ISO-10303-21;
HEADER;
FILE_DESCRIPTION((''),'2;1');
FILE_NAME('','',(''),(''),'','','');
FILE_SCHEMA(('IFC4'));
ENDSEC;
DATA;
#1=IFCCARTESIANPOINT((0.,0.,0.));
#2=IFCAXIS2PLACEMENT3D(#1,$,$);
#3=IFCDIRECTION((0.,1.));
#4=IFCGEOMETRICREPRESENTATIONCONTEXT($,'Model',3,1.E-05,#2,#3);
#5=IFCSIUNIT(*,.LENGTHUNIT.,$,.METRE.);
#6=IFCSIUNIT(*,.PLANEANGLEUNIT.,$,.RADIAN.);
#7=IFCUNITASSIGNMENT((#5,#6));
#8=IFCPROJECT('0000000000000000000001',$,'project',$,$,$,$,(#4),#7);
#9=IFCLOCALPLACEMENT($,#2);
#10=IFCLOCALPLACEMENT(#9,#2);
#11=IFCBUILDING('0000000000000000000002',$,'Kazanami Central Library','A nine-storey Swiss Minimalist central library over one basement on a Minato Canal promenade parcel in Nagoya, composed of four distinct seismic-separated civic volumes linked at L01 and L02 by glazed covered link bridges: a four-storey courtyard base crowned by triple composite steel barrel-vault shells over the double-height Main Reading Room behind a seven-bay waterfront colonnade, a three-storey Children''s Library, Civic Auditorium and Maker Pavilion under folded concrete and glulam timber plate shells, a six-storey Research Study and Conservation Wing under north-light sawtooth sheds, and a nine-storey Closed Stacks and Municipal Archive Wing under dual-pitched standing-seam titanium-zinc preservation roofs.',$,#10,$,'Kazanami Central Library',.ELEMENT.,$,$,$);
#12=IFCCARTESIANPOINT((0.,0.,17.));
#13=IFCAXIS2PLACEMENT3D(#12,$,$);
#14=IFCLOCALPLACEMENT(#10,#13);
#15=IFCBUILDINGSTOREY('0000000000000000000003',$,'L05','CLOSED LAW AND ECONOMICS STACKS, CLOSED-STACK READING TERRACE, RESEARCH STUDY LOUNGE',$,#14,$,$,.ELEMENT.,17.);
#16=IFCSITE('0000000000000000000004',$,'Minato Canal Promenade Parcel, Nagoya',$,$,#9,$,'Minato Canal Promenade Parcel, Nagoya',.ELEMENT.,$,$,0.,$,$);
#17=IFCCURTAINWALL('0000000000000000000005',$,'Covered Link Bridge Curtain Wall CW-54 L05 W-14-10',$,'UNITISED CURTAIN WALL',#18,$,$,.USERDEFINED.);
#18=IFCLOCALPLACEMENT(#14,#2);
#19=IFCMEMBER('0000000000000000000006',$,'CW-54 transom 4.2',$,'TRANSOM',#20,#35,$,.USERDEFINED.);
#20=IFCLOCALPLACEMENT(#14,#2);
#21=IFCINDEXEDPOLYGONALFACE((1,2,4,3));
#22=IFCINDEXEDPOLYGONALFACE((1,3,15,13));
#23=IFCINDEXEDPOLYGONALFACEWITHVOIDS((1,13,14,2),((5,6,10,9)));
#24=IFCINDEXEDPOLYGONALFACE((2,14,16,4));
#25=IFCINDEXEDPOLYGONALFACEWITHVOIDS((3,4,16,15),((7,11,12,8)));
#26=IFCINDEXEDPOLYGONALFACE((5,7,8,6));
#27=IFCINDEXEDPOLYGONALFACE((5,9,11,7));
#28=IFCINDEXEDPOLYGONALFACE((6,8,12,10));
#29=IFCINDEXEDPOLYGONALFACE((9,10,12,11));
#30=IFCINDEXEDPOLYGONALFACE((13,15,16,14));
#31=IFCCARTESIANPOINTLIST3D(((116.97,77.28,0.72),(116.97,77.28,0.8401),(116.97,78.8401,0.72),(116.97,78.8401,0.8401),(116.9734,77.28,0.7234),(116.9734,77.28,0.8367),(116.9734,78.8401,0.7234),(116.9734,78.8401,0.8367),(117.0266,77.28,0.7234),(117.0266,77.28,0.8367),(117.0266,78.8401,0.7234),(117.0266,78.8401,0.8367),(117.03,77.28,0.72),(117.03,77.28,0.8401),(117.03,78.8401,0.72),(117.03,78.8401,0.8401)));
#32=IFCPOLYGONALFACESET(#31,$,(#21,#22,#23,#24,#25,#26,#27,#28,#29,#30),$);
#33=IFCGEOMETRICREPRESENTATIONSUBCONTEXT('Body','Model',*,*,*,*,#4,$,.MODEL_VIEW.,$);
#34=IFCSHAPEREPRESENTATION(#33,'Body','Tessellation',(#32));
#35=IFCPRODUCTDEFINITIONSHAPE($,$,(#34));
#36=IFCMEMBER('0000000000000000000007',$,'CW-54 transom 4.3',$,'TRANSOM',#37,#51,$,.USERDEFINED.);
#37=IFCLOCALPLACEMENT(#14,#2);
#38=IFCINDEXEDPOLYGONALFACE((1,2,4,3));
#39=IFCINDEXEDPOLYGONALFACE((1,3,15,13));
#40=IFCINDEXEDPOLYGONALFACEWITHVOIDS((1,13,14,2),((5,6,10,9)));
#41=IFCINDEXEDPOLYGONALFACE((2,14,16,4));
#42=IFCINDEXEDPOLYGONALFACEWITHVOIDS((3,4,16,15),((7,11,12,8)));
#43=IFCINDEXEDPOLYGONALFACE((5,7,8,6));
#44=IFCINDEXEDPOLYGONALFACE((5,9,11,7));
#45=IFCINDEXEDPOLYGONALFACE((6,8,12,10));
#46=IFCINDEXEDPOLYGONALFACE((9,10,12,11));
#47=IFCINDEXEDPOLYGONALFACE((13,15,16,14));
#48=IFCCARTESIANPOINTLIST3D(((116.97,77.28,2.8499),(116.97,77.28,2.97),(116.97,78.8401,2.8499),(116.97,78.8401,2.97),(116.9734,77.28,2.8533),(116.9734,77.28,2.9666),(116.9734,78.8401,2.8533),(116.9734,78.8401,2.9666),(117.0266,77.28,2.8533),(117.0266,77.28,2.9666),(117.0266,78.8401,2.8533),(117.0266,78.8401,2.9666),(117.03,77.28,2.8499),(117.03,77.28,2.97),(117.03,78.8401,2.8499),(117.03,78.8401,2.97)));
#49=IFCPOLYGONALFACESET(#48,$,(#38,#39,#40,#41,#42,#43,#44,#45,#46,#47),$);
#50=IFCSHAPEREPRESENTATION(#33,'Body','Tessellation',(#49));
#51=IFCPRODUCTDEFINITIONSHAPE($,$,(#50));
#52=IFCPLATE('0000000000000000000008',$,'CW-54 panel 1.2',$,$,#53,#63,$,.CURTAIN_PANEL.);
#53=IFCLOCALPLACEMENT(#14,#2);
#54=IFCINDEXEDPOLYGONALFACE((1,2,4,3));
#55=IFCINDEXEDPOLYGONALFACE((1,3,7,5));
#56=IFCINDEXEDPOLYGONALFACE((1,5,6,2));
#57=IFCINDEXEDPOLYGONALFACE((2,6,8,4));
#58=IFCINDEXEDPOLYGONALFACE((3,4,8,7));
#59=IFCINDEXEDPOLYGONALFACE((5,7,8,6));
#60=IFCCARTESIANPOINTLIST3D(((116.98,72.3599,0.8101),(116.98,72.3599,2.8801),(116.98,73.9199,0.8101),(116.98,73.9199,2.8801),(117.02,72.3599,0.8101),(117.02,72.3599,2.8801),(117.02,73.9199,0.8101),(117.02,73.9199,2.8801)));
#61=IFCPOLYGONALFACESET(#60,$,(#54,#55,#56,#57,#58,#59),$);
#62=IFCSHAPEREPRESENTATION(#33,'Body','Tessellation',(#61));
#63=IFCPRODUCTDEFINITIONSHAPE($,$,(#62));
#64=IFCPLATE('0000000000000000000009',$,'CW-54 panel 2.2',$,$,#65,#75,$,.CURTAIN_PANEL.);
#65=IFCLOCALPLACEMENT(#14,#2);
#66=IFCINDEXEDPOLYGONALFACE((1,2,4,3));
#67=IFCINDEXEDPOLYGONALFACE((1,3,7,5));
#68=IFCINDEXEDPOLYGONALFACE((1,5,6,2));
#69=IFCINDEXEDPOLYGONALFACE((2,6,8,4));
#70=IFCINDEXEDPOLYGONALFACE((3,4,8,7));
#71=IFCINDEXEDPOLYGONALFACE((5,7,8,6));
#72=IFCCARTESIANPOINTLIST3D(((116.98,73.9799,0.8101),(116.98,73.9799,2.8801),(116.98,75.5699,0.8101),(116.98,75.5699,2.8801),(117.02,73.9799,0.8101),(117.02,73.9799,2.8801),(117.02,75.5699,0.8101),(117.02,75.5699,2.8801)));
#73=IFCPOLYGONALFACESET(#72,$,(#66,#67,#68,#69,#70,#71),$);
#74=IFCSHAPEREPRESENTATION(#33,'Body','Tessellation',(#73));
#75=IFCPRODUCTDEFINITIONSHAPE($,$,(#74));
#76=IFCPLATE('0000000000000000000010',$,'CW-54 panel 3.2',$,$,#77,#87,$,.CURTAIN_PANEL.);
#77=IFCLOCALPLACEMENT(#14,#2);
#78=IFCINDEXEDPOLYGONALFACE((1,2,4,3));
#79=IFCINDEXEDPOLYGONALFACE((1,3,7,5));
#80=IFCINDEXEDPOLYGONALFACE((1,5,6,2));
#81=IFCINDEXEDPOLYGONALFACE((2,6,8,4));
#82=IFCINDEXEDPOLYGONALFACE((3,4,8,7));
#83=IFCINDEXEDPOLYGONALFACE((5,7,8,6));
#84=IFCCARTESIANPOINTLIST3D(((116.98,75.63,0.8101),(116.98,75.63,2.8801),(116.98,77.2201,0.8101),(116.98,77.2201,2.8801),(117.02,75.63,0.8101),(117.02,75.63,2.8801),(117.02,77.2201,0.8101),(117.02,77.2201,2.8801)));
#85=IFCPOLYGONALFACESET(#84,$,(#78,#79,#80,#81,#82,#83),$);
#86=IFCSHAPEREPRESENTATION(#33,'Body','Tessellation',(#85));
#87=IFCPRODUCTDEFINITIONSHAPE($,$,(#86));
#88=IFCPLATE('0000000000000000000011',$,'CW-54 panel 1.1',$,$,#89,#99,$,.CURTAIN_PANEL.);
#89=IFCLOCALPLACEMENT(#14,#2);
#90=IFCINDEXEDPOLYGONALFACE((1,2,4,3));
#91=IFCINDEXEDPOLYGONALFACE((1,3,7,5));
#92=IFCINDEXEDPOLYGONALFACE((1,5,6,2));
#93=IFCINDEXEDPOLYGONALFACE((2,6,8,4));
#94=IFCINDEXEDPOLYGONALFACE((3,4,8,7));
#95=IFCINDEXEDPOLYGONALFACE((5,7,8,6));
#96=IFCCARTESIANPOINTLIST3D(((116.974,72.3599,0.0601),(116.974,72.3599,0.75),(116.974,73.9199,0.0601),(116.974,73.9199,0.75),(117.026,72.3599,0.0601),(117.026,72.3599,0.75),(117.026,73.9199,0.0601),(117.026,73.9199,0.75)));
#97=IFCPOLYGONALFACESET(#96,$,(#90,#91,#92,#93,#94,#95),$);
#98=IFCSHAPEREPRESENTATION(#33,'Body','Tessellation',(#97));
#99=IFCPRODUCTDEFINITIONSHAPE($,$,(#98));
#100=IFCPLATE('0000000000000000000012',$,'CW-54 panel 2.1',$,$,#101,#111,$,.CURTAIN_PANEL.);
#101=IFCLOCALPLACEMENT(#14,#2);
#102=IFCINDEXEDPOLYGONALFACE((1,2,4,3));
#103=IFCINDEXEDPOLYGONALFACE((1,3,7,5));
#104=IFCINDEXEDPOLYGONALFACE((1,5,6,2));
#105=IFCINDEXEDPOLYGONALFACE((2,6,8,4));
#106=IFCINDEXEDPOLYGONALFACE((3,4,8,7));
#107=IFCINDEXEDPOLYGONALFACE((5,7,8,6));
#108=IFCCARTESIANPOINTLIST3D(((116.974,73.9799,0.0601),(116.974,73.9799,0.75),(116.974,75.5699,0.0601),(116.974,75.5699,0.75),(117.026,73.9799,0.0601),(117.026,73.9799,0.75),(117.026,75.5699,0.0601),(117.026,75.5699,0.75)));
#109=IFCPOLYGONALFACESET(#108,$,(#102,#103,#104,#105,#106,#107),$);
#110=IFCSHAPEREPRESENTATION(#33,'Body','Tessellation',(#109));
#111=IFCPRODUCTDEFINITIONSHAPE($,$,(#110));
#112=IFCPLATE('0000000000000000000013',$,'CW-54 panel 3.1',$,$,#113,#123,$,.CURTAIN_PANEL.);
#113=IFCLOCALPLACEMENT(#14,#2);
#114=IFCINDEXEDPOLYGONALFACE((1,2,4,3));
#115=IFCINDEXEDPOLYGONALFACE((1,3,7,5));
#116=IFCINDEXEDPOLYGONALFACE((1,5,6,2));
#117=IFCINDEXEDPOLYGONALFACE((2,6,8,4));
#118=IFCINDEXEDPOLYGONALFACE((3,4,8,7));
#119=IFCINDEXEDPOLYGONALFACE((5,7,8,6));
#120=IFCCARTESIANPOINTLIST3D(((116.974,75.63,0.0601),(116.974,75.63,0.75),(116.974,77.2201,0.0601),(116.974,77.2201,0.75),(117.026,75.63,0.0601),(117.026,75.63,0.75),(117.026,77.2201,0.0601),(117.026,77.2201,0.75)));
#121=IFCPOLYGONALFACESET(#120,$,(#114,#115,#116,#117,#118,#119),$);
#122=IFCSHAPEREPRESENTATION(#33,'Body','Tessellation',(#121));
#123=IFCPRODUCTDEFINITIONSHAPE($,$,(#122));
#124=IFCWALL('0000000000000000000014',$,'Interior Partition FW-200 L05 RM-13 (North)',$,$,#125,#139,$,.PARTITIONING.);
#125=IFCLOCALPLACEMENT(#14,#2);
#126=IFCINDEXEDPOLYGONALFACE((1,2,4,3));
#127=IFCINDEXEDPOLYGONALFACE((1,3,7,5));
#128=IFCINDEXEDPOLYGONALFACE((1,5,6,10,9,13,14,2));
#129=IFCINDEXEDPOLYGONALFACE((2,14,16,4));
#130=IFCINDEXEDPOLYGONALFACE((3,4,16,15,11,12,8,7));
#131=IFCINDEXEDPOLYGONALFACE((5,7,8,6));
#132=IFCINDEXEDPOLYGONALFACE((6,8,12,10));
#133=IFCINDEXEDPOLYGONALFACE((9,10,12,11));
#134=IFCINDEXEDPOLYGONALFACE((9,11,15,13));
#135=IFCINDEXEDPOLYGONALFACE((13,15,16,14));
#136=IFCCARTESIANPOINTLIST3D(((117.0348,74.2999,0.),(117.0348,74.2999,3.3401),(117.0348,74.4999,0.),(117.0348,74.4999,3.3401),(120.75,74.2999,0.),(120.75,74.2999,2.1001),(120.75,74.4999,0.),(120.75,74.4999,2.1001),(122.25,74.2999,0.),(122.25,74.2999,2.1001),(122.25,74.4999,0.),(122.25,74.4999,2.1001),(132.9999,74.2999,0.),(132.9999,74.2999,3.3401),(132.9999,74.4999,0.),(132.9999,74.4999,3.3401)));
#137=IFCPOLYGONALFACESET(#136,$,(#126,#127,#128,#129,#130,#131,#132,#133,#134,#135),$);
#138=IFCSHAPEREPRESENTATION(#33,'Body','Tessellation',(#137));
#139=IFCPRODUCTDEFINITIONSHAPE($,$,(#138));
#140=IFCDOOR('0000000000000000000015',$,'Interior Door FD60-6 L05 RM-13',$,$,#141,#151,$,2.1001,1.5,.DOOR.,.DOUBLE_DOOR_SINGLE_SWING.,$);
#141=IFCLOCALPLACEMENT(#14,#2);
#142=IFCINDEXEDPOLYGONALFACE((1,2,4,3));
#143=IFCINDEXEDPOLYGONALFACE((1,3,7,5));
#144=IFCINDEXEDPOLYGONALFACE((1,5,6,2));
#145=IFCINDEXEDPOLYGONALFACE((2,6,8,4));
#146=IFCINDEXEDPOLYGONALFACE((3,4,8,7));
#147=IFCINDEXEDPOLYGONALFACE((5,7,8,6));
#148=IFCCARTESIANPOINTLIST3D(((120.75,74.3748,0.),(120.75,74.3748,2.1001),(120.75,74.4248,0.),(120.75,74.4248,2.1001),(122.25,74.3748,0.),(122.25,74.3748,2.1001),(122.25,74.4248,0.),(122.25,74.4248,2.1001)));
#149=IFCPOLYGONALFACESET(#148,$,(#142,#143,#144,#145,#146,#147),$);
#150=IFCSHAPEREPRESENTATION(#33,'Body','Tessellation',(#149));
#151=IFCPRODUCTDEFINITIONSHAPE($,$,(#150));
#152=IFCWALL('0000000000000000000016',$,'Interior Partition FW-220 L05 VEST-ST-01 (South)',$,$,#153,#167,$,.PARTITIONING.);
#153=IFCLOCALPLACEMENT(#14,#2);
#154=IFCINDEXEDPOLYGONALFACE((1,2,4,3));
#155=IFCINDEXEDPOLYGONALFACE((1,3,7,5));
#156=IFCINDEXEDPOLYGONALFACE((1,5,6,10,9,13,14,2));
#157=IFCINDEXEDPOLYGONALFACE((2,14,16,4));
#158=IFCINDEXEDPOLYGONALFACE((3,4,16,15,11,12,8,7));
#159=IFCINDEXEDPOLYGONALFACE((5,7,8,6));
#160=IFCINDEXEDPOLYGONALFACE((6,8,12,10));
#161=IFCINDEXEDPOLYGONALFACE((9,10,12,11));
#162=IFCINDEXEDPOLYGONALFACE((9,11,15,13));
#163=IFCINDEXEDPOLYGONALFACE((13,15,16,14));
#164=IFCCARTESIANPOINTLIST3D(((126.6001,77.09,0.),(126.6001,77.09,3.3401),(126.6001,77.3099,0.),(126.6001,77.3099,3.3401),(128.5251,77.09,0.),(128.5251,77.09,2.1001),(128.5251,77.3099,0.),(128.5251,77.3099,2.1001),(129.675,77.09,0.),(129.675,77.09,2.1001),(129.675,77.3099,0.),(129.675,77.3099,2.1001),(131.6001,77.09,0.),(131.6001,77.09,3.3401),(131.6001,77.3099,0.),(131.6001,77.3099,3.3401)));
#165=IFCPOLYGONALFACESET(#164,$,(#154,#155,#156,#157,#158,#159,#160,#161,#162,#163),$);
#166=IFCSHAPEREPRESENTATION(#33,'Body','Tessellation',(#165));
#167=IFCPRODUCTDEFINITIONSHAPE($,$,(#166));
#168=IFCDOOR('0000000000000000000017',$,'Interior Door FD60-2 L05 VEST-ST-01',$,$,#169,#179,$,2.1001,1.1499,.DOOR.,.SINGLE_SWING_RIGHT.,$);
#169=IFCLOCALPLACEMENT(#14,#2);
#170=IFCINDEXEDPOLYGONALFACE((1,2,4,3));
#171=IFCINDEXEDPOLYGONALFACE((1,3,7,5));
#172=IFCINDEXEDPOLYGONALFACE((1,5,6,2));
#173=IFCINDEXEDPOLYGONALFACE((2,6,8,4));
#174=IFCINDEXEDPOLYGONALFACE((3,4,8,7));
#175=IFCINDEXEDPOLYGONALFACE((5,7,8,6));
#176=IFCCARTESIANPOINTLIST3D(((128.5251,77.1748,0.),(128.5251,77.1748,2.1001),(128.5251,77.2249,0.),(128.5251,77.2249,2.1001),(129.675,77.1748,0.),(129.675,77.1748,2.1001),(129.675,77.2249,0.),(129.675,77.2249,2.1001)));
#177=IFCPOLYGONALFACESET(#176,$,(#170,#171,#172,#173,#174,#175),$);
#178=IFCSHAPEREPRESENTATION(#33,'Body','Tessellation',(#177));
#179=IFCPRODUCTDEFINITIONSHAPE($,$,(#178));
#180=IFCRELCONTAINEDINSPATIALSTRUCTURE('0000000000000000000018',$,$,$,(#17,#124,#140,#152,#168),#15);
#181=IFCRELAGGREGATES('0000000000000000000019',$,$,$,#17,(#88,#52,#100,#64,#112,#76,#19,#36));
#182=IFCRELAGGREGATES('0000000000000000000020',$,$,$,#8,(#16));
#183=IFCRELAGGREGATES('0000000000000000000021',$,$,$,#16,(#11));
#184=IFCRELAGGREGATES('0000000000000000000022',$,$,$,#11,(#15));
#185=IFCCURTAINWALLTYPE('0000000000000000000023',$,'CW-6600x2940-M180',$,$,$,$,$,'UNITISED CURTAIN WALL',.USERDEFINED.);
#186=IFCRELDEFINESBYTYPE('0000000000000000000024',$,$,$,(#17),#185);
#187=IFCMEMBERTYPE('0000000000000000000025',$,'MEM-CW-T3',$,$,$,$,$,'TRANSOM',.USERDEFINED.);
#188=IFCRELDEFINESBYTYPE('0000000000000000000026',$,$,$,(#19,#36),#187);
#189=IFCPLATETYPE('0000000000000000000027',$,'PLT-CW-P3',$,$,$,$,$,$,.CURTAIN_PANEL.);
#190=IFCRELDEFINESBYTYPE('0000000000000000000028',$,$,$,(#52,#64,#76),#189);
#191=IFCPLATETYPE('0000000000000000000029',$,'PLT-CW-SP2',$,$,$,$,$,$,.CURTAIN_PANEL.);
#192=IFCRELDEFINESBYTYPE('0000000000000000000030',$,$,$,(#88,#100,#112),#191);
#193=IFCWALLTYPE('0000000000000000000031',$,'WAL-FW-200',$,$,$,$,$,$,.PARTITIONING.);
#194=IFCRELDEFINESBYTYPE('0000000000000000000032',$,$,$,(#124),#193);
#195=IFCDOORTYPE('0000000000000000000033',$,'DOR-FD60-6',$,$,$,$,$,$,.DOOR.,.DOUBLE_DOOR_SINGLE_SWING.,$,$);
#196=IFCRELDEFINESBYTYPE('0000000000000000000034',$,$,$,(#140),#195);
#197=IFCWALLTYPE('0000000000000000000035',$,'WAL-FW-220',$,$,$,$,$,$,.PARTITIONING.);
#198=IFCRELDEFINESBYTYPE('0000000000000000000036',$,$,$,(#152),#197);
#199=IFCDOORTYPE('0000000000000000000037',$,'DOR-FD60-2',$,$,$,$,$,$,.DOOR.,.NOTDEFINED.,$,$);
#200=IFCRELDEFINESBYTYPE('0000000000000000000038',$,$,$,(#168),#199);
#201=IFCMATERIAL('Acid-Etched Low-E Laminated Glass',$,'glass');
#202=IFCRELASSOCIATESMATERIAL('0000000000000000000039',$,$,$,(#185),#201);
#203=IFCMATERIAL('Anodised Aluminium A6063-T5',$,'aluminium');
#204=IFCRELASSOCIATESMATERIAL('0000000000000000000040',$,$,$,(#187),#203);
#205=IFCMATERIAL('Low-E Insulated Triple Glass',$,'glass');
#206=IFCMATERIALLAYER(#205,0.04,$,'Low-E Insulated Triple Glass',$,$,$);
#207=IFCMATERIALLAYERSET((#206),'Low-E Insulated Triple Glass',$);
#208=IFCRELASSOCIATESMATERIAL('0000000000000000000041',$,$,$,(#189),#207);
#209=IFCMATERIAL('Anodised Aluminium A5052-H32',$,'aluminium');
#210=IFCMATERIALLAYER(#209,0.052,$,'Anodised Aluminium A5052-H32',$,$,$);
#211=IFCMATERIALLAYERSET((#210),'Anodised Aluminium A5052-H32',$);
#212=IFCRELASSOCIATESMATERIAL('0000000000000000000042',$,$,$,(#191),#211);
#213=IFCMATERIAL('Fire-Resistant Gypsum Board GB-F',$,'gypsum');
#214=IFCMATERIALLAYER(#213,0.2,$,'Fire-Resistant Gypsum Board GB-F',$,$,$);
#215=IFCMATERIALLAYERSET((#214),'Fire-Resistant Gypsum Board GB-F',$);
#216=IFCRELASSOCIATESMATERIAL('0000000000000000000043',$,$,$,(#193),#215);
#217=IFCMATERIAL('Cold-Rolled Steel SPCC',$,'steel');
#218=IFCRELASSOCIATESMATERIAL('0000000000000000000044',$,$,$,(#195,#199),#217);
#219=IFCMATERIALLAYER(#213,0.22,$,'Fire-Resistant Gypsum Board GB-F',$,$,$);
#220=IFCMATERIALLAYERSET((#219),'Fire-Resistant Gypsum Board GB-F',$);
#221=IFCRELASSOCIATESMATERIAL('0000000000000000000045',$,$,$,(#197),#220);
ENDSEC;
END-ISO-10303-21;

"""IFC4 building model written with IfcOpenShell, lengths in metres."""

from ifc_helpers import new_model, si_unit, direction, frame, frame_2d, origin, origin_2d, place, context, subcontext, project, spatial, rectangle, hollow_rectangle, extrude, material, layer, layer_set, material_profile, profile_set, type_object, element, fill, aggregate, save


model = new_model("IFC4")

# Units and contexts
model_context = context("Model", 3, precision=1e-05, world=origin(), true_north=direction((0.0, 1.0)))
body_context = subcontext(model_context, "Body", "Model", "MODEL_VIEW")
ifc_project = project(units=[si_unit("LENGTHUNIT", "METRE"), si_unit("PLANEANGLEUNIT", "RADIAN")], contexts=[model_context])

# Site, building, storey
site_placement = place(None, origin())
site = spatial("IfcSite", under=ifc_project, at=site_placement, Name="Minato Canal Promenade Parcel, Nagoya", LongName="Minato Canal Promenade Parcel, Nagoya", CompositionType="ELEMENT", RefElevation=0.0)
building_placement = place(site_placement, origin())
building = spatial("IfcBuilding", under=site, at=building_placement, Name="Kazanami Central Library", Description="A nine-storey Swiss Minimalist central library over one basement on a Minato Canal promenade parcel in Nagoya, composed of four distinct seismic-separated civic volumes linked at L01 and L02 by glazed covered link bridges: a four-storey courtyard base crowned by triple composite steel barrel-vault shells over the double-height Main Reading Room behind a seven-bay waterfront colonnade, a three-storey Children's Library, Civic Auditorium and Maker Pavilion under folded concrete and glulam timber plate shells, a six-storey Research Study and Conservation Wing under north-light sawtooth sheds, and a nine-storey Closed Stacks and Municipal Archive Wing under dual-pitched standing-seam titanium-zinc preservation roofs.", LongName="Kazanami Central Library", CompositionType="ELEMENT")
storey_placement = place(building_placement, frame((0.0, 0.0, 17.0)))
storey = spatial("IfcBuildingStorey", under=building, at=storey_placement, Name="L05", Description="CLOSED LAW AND ECONOMICS STACKS, CLOSED-STACK READING TERRACE, RESEARCH STUDY LOUNGE", CompositionType="ELEMENT", Elevation=17.0)

# Curtain wall, members, plates
ifc_material_1 = material(Name="Acid-Etched Low-E Laminated Glass", Category="glass")
curtain_wall_type = type_object("IfcCurtainWallType", Name="CW-6600x2940-M180", ElementType="UNITISED CURTAIN WALL", PredefinedType="USERDEFINED", material=ifc_material_1)
curtain_wall_placement = place(storey_placement, origin())
curtain_wall = element("IfcCurtainWall", 1, at=curtain_wall_placement, inside=storey, type_object=curtain_wall_type, Name="Covered Link Bridge Curtain Wall CW-54 L05 W-14-10", ObjectType="UNITISED CURTAIN WALL", PredefinedType="USERDEFINED")
ifc_material_2 = material(Name="Anodised Aluminium A6063-T5", Category="aluminium")
ifc_material_profile_1 = material_profile(ifc_material_2, hollow_rectangle(XDim=0.0601, YDim=0.1201, WallThickness=0.0034, at=origin_2d()), Name="ALU-TRAN-60x120x3.5")
ifc_profile_set_1 = profile_set([ifc_material_profile_1], Name="Anodised Aluminium A6063-T5")
member_type_1 = type_object("IfcMemberType", Name="MEM-CW-T3", ElementType="TRANSOM", PredefinedType="USERDEFINED", material=ifc_profile_set_1)
member_1_placement = place(storey_placement, frame((117.0, 77.28, 0.78), z_axis=(0.0, 1.0, 0.0), x_axis=(-1.0, 0.0, 0.0)))
member_1 = element("IfcMember", 2, at=member_1_placement, type_object=member_type_1, Name="CW-54 transom 4.2", ObjectType="TRANSOM", PredefinedType="USERDEFINED", context=body_context, shape_type="SweptSolid", body=[
    extrude(hollow_rectangle(XDim=0.0601, YDim=0.1201, WallThickness=0.0034, at=origin_2d()), origin(), (0.0, 0.0, 1.0), 1.5601),
])
member_2_placement = place(storey_placement, frame((117.0, 77.28, 2.9099), z_axis=(0.0, 1.0, 0.0), x_axis=(-1.0, 0.0, 0.0)))
member_2 = element("IfcMember", 3, at=member_2_placement, type_object=member_type_1, Name="CW-54 transom 4.3", ObjectType="TRANSOM", PredefinedType="USERDEFINED", context=body_context, shape_type="SweptSolid", body=[
    extrude(hollow_rectangle(XDim=0.0601, YDim=0.1201, WallThickness=0.0034, at=origin_2d()), origin(), (0.0, 0.0, 1.0), 1.5601),
])
ifc_material_3 = material(Name="Low-E Insulated Triple Glass", Category="glass")
ifc_layer_1 = layer(ifc_material_3, 0.04, Name="Low-E Insulated Triple Glass")
ifc_layer_set_1 = layer_set([ifc_layer_1], Name="Low-E Insulated Triple Glass")
plate_type_1 = type_object("IfcPlateType", Name="PLT-CW-P3", PredefinedType="CURTAIN_PANEL", material=ifc_layer_set_1)
plate_1_placement = place(storey_placement, frame((117.0, 73.1399, 0.8101), z_axis=(0.0, 0.0, 1.0), x_axis=(0.0, 1.0, 0.0)))
plate_1 = element("IfcPlate", 4, at=plate_1_placement, type_object=plate_type_1, Name="CW-54 panel 1.2", PredefinedType="CURTAIN_PANEL", context=body_context, shape_type="SweptSolid", body=[
    extrude(rectangle(XDim=1.5601, YDim=0.04, at=origin_2d()), origin(), (0.0, 0.0, 1.0), 2.0701),
])
plate_2_placement = place(storey_placement, frame((117.0, 74.7749, 0.8101), z_axis=(0.0, 0.0, 1.0), x_axis=(0.0, 1.0, 0.0)))
plate_2 = element("IfcPlate", 5, at=plate_2_placement, type_object=plate_type_1, Name="CW-54 panel 2.2", PredefinedType="CURTAIN_PANEL", context=body_context, shape_type="SweptSolid", body=[
    extrude(rectangle(XDim=1.5901, YDim=0.04, at=origin_2d()), origin(), (0.0, 0.0, 1.0), 2.0701),
])
plate_3_placement = place(storey_placement, frame((117.0, 76.425, 0.8101), z_axis=(0.0, 0.0, 1.0), x_axis=(0.0, 1.0, 0.0)))
plate_3 = element("IfcPlate", 6, at=plate_3_placement, type_object=plate_type_1, Name="CW-54 panel 3.2", PredefinedType="CURTAIN_PANEL", context=body_context, shape_type="SweptSolid", body=[
    extrude(rectangle(XDim=1.5901, YDim=0.04, at=origin_2d()), origin(), (0.0, 0.0, 1.0), 2.0701),
])
ifc_material_4 = material(Name="Anodised Aluminium A5052-H32", Category="aluminium")
ifc_layer_2 = layer(ifc_material_4, 0.052, Name="Anodised Aluminium A5052-H32")
ifc_layer_set_2 = layer_set([ifc_layer_2], Name="Anodised Aluminium A5052-H32")
plate_type_2 = type_object("IfcPlateType", Name="PLT-CW-SP2", PredefinedType="CURTAIN_PANEL", material=ifc_layer_set_2)
plate_4_placement = place(storey_placement, frame((117.0, 73.1399, 0.0601), z_axis=(0.0, 0.0, 1.0), x_axis=(0.0, 1.0, 0.0)))
plate_4 = element("IfcPlate", 7, at=plate_4_placement, type_object=plate_type_2, Name="CW-54 panel 1.1", PredefinedType="CURTAIN_PANEL", context=body_context, shape_type="SweptSolid", body=[
    extrude(rectangle(XDim=1.5601, YDim=0.052, at=origin_2d()), origin(), (0.0, 0.0, 1.0), 0.6899),
])
plate_5_placement = place(storey_placement, frame((117.0, 74.7749, 0.0601), z_axis=(0.0, 0.0, 1.0), x_axis=(0.0, 1.0, 0.0)))
plate_5 = element("IfcPlate", 8, at=plate_5_placement, type_object=plate_type_2, Name="CW-54 panel 2.1", PredefinedType="CURTAIN_PANEL", context=body_context, shape_type="SweptSolid", body=[
    extrude(rectangle(XDim=1.5901, YDim=0.052, at=origin_2d()), origin(), (0.0, 0.0, 1.0), 0.6899),
])
plate_6_placement = place(storey_placement, frame((117.0, 76.425, 0.0601), z_axis=(0.0, 0.0, 1.0), x_axis=(0.0, 1.0, 0.0)))
plate_6 = element("IfcPlate", 9, at=plate_6_placement, type_object=plate_type_2, Name="CW-54 panel 3.1", PredefinedType="CURTAIN_PANEL", context=body_context, shape_type="SweptSolid", body=[
    extrude(rectangle(XDim=1.5901, YDim=0.052, at=origin_2d()), origin(), (0.0, 0.0, 1.0), 0.6899),
])
aggregate(curtain_wall, [plate_4, plate_1, plate_5, plate_2, plate_6, plate_3, member_1, member_2])

# Walls, openings, doors
ifc_material_5 = material(Name="Fire-Resistant Gypsum Board GB-F", Category="gypsum")
ifc_layer_3 = layer(ifc_material_5, 0.2, Name="Fire-Resistant Gypsum Board GB-F")
ifc_layer_set_3 = layer_set([ifc_layer_3], Name="Fire-Resistant Gypsum Board GB-F")
wall_type_1 = type_object("IfcWallType", Name="WAL-FW-200", PredefinedType="PARTITIONING", material=ifc_layer_set_3)
wall_1_placement = place(storey_placement, frame((117.0349, 74.3999, 0.0), z_axis=(0.0, 0.0, 1.0), x_axis=(1.0, 0.0, 0.0)))
wall_1 = element("IfcWall", 10, at=wall_1_placement, inside=storey, type_object=wall_type_1, Name="Interior Partition FW-200 L05 RM-13 (North)", PredefinedType="PARTITIONING", context=body_context, shape_type="SweptSolid", body=[
    extrude(rectangle(XDim=15.9651, YDim=0.2, at=frame_2d((7.9824, 0.0))), origin(), (0.0, 0.0, 1.0), 3.3401),
])
opening_1_placement = place(wall_1_placement, frame((3.7151, 0.0, 0.0)))
opening_1 = element("IfcOpeningElement", 11, at=opening_1_placement, cuts=wall_1, PredefinedType="OPENING", context=body_context, shape_type="SweptSolid", body=[
    extrude(rectangle(XDim=1.5, YDim=2.1001, at=frame_2d((0.75, 1.05))), frame((0.0, 0.1118, 0.0), z_axis=(0.0, -1.0, 0.0), x_axis=(1.0, 0.0, 0.0)), (0.0, 0.0, 1.0), 0.2239),
])
ifc_material_6 = material(Name="Cold-Rolled Steel SPCC", Category="steel")
door_type_1 = type_object("IfcDoorType", Name="DOR-FD60-6", OperationType="DOUBLE_DOOR_SINGLE_SWING", PredefinedType="DOOR", material=ifc_material_6)
door_1_placement = place(opening_1_placement, origin())
door_1 = element("IfcDoor", 12, at=door_1_placement, inside=storey, type_object=door_type_1, Name="Interior Door FD60-6 L05 RM-13", OperationType="DOUBLE_DOOR_SINGLE_SWING", OverallHeight=2.1001, OverallWidth=1.5, PredefinedType="DOOR", context=body_context, shape_type="SweptSolid", body=[
    extrude(rectangle(XDim=1.5, YDim=2.1001, at=frame_2d((0.75, 1.05))), frame((0.0, 0.0249, 0.0), z_axis=(0.0, -1.0, 0.0), x_axis=(1.0, 0.0, 0.0)), (0.0, 0.0, 1.0), 0.05),
])
fill(opening_1, door_1)
ifc_layer_4 = layer(ifc_material_5, 0.22, Name="Fire-Resistant Gypsum Board GB-F")
ifc_layer_set_4 = layer_set([ifc_layer_4], Name="Fire-Resistant Gypsum Board GB-F")
wall_type_2 = type_object("IfcWallType", Name="WAL-FW-220", PredefinedType="PARTITIONING", material=ifc_layer_set_4)
wall_2_placement = place(storey_placement, frame((126.6001, 77.2, 0.0), z_axis=(0.0, 0.0, 1.0), x_axis=(1.0, 0.0, 0.0)))
wall_2 = element("IfcWall", 13, at=wall_2_placement, inside=storey, type_object=wall_type_2, Name="Interior Partition FW-220 L05 VEST-ST-01 (South)", PredefinedType="PARTITIONING", context=body_context, shape_type="SweptSolid", body=[
    extrude(rectangle(XDim=5.0, YDim=0.22, at=frame_2d((2.5, 0.0))), origin(), (0.0, 0.0, 1.0), 3.3401),
])
opening_2_placement = place(wall_2_placement, frame((1.925, 0.0, 0.0)))
opening_2 = element("IfcOpeningElement", 14, at=opening_2_placement, cuts=wall_2, PredefinedType="OPENING", context=body_context, shape_type="SweptSolid", body=[
    extrude(rectangle(XDim=1.1499, YDim=2.1001, at=frame_2d((0.575, 1.05))), frame((0.0, 0.1221, 0.0), z_axis=(0.0, -1.0, 0.0), x_axis=(1.0, 0.0, 0.0)), (0.0, 0.0, 1.0), 0.2439),
])
door_type_2 = type_object("IfcDoorType", Name="DOR-FD60-2", OperationType="NOTDEFINED", PredefinedType="DOOR", material=ifc_material_6)
door_2_placement = place(opening_2_placement, origin())
door_2 = element("IfcDoor", 15, at=door_2_placement, inside=storey, type_object=door_type_2, Name="Interior Door FD60-2 L05 VEST-ST-01", OperationType="SINGLE_SWING_RIGHT", OverallHeight=2.1001, OverallWidth=1.1499, PredefinedType="DOOR", context=body_context, shape_type="SweptSolid", body=[
    extrude(rectangle(XDim=1.1499, YDim=2.1001, at=frame_2d((0.575, 1.05))), frame((0.0, 0.0249, 0.0), z_axis=(0.0, -1.0, 0.0), x_axis=(1.0, 0.0, 0.0)), (0.0, 0.0, 1.0), 0.05),
])
fill(opening_2, door_2)

save(model, "model.ifc")
